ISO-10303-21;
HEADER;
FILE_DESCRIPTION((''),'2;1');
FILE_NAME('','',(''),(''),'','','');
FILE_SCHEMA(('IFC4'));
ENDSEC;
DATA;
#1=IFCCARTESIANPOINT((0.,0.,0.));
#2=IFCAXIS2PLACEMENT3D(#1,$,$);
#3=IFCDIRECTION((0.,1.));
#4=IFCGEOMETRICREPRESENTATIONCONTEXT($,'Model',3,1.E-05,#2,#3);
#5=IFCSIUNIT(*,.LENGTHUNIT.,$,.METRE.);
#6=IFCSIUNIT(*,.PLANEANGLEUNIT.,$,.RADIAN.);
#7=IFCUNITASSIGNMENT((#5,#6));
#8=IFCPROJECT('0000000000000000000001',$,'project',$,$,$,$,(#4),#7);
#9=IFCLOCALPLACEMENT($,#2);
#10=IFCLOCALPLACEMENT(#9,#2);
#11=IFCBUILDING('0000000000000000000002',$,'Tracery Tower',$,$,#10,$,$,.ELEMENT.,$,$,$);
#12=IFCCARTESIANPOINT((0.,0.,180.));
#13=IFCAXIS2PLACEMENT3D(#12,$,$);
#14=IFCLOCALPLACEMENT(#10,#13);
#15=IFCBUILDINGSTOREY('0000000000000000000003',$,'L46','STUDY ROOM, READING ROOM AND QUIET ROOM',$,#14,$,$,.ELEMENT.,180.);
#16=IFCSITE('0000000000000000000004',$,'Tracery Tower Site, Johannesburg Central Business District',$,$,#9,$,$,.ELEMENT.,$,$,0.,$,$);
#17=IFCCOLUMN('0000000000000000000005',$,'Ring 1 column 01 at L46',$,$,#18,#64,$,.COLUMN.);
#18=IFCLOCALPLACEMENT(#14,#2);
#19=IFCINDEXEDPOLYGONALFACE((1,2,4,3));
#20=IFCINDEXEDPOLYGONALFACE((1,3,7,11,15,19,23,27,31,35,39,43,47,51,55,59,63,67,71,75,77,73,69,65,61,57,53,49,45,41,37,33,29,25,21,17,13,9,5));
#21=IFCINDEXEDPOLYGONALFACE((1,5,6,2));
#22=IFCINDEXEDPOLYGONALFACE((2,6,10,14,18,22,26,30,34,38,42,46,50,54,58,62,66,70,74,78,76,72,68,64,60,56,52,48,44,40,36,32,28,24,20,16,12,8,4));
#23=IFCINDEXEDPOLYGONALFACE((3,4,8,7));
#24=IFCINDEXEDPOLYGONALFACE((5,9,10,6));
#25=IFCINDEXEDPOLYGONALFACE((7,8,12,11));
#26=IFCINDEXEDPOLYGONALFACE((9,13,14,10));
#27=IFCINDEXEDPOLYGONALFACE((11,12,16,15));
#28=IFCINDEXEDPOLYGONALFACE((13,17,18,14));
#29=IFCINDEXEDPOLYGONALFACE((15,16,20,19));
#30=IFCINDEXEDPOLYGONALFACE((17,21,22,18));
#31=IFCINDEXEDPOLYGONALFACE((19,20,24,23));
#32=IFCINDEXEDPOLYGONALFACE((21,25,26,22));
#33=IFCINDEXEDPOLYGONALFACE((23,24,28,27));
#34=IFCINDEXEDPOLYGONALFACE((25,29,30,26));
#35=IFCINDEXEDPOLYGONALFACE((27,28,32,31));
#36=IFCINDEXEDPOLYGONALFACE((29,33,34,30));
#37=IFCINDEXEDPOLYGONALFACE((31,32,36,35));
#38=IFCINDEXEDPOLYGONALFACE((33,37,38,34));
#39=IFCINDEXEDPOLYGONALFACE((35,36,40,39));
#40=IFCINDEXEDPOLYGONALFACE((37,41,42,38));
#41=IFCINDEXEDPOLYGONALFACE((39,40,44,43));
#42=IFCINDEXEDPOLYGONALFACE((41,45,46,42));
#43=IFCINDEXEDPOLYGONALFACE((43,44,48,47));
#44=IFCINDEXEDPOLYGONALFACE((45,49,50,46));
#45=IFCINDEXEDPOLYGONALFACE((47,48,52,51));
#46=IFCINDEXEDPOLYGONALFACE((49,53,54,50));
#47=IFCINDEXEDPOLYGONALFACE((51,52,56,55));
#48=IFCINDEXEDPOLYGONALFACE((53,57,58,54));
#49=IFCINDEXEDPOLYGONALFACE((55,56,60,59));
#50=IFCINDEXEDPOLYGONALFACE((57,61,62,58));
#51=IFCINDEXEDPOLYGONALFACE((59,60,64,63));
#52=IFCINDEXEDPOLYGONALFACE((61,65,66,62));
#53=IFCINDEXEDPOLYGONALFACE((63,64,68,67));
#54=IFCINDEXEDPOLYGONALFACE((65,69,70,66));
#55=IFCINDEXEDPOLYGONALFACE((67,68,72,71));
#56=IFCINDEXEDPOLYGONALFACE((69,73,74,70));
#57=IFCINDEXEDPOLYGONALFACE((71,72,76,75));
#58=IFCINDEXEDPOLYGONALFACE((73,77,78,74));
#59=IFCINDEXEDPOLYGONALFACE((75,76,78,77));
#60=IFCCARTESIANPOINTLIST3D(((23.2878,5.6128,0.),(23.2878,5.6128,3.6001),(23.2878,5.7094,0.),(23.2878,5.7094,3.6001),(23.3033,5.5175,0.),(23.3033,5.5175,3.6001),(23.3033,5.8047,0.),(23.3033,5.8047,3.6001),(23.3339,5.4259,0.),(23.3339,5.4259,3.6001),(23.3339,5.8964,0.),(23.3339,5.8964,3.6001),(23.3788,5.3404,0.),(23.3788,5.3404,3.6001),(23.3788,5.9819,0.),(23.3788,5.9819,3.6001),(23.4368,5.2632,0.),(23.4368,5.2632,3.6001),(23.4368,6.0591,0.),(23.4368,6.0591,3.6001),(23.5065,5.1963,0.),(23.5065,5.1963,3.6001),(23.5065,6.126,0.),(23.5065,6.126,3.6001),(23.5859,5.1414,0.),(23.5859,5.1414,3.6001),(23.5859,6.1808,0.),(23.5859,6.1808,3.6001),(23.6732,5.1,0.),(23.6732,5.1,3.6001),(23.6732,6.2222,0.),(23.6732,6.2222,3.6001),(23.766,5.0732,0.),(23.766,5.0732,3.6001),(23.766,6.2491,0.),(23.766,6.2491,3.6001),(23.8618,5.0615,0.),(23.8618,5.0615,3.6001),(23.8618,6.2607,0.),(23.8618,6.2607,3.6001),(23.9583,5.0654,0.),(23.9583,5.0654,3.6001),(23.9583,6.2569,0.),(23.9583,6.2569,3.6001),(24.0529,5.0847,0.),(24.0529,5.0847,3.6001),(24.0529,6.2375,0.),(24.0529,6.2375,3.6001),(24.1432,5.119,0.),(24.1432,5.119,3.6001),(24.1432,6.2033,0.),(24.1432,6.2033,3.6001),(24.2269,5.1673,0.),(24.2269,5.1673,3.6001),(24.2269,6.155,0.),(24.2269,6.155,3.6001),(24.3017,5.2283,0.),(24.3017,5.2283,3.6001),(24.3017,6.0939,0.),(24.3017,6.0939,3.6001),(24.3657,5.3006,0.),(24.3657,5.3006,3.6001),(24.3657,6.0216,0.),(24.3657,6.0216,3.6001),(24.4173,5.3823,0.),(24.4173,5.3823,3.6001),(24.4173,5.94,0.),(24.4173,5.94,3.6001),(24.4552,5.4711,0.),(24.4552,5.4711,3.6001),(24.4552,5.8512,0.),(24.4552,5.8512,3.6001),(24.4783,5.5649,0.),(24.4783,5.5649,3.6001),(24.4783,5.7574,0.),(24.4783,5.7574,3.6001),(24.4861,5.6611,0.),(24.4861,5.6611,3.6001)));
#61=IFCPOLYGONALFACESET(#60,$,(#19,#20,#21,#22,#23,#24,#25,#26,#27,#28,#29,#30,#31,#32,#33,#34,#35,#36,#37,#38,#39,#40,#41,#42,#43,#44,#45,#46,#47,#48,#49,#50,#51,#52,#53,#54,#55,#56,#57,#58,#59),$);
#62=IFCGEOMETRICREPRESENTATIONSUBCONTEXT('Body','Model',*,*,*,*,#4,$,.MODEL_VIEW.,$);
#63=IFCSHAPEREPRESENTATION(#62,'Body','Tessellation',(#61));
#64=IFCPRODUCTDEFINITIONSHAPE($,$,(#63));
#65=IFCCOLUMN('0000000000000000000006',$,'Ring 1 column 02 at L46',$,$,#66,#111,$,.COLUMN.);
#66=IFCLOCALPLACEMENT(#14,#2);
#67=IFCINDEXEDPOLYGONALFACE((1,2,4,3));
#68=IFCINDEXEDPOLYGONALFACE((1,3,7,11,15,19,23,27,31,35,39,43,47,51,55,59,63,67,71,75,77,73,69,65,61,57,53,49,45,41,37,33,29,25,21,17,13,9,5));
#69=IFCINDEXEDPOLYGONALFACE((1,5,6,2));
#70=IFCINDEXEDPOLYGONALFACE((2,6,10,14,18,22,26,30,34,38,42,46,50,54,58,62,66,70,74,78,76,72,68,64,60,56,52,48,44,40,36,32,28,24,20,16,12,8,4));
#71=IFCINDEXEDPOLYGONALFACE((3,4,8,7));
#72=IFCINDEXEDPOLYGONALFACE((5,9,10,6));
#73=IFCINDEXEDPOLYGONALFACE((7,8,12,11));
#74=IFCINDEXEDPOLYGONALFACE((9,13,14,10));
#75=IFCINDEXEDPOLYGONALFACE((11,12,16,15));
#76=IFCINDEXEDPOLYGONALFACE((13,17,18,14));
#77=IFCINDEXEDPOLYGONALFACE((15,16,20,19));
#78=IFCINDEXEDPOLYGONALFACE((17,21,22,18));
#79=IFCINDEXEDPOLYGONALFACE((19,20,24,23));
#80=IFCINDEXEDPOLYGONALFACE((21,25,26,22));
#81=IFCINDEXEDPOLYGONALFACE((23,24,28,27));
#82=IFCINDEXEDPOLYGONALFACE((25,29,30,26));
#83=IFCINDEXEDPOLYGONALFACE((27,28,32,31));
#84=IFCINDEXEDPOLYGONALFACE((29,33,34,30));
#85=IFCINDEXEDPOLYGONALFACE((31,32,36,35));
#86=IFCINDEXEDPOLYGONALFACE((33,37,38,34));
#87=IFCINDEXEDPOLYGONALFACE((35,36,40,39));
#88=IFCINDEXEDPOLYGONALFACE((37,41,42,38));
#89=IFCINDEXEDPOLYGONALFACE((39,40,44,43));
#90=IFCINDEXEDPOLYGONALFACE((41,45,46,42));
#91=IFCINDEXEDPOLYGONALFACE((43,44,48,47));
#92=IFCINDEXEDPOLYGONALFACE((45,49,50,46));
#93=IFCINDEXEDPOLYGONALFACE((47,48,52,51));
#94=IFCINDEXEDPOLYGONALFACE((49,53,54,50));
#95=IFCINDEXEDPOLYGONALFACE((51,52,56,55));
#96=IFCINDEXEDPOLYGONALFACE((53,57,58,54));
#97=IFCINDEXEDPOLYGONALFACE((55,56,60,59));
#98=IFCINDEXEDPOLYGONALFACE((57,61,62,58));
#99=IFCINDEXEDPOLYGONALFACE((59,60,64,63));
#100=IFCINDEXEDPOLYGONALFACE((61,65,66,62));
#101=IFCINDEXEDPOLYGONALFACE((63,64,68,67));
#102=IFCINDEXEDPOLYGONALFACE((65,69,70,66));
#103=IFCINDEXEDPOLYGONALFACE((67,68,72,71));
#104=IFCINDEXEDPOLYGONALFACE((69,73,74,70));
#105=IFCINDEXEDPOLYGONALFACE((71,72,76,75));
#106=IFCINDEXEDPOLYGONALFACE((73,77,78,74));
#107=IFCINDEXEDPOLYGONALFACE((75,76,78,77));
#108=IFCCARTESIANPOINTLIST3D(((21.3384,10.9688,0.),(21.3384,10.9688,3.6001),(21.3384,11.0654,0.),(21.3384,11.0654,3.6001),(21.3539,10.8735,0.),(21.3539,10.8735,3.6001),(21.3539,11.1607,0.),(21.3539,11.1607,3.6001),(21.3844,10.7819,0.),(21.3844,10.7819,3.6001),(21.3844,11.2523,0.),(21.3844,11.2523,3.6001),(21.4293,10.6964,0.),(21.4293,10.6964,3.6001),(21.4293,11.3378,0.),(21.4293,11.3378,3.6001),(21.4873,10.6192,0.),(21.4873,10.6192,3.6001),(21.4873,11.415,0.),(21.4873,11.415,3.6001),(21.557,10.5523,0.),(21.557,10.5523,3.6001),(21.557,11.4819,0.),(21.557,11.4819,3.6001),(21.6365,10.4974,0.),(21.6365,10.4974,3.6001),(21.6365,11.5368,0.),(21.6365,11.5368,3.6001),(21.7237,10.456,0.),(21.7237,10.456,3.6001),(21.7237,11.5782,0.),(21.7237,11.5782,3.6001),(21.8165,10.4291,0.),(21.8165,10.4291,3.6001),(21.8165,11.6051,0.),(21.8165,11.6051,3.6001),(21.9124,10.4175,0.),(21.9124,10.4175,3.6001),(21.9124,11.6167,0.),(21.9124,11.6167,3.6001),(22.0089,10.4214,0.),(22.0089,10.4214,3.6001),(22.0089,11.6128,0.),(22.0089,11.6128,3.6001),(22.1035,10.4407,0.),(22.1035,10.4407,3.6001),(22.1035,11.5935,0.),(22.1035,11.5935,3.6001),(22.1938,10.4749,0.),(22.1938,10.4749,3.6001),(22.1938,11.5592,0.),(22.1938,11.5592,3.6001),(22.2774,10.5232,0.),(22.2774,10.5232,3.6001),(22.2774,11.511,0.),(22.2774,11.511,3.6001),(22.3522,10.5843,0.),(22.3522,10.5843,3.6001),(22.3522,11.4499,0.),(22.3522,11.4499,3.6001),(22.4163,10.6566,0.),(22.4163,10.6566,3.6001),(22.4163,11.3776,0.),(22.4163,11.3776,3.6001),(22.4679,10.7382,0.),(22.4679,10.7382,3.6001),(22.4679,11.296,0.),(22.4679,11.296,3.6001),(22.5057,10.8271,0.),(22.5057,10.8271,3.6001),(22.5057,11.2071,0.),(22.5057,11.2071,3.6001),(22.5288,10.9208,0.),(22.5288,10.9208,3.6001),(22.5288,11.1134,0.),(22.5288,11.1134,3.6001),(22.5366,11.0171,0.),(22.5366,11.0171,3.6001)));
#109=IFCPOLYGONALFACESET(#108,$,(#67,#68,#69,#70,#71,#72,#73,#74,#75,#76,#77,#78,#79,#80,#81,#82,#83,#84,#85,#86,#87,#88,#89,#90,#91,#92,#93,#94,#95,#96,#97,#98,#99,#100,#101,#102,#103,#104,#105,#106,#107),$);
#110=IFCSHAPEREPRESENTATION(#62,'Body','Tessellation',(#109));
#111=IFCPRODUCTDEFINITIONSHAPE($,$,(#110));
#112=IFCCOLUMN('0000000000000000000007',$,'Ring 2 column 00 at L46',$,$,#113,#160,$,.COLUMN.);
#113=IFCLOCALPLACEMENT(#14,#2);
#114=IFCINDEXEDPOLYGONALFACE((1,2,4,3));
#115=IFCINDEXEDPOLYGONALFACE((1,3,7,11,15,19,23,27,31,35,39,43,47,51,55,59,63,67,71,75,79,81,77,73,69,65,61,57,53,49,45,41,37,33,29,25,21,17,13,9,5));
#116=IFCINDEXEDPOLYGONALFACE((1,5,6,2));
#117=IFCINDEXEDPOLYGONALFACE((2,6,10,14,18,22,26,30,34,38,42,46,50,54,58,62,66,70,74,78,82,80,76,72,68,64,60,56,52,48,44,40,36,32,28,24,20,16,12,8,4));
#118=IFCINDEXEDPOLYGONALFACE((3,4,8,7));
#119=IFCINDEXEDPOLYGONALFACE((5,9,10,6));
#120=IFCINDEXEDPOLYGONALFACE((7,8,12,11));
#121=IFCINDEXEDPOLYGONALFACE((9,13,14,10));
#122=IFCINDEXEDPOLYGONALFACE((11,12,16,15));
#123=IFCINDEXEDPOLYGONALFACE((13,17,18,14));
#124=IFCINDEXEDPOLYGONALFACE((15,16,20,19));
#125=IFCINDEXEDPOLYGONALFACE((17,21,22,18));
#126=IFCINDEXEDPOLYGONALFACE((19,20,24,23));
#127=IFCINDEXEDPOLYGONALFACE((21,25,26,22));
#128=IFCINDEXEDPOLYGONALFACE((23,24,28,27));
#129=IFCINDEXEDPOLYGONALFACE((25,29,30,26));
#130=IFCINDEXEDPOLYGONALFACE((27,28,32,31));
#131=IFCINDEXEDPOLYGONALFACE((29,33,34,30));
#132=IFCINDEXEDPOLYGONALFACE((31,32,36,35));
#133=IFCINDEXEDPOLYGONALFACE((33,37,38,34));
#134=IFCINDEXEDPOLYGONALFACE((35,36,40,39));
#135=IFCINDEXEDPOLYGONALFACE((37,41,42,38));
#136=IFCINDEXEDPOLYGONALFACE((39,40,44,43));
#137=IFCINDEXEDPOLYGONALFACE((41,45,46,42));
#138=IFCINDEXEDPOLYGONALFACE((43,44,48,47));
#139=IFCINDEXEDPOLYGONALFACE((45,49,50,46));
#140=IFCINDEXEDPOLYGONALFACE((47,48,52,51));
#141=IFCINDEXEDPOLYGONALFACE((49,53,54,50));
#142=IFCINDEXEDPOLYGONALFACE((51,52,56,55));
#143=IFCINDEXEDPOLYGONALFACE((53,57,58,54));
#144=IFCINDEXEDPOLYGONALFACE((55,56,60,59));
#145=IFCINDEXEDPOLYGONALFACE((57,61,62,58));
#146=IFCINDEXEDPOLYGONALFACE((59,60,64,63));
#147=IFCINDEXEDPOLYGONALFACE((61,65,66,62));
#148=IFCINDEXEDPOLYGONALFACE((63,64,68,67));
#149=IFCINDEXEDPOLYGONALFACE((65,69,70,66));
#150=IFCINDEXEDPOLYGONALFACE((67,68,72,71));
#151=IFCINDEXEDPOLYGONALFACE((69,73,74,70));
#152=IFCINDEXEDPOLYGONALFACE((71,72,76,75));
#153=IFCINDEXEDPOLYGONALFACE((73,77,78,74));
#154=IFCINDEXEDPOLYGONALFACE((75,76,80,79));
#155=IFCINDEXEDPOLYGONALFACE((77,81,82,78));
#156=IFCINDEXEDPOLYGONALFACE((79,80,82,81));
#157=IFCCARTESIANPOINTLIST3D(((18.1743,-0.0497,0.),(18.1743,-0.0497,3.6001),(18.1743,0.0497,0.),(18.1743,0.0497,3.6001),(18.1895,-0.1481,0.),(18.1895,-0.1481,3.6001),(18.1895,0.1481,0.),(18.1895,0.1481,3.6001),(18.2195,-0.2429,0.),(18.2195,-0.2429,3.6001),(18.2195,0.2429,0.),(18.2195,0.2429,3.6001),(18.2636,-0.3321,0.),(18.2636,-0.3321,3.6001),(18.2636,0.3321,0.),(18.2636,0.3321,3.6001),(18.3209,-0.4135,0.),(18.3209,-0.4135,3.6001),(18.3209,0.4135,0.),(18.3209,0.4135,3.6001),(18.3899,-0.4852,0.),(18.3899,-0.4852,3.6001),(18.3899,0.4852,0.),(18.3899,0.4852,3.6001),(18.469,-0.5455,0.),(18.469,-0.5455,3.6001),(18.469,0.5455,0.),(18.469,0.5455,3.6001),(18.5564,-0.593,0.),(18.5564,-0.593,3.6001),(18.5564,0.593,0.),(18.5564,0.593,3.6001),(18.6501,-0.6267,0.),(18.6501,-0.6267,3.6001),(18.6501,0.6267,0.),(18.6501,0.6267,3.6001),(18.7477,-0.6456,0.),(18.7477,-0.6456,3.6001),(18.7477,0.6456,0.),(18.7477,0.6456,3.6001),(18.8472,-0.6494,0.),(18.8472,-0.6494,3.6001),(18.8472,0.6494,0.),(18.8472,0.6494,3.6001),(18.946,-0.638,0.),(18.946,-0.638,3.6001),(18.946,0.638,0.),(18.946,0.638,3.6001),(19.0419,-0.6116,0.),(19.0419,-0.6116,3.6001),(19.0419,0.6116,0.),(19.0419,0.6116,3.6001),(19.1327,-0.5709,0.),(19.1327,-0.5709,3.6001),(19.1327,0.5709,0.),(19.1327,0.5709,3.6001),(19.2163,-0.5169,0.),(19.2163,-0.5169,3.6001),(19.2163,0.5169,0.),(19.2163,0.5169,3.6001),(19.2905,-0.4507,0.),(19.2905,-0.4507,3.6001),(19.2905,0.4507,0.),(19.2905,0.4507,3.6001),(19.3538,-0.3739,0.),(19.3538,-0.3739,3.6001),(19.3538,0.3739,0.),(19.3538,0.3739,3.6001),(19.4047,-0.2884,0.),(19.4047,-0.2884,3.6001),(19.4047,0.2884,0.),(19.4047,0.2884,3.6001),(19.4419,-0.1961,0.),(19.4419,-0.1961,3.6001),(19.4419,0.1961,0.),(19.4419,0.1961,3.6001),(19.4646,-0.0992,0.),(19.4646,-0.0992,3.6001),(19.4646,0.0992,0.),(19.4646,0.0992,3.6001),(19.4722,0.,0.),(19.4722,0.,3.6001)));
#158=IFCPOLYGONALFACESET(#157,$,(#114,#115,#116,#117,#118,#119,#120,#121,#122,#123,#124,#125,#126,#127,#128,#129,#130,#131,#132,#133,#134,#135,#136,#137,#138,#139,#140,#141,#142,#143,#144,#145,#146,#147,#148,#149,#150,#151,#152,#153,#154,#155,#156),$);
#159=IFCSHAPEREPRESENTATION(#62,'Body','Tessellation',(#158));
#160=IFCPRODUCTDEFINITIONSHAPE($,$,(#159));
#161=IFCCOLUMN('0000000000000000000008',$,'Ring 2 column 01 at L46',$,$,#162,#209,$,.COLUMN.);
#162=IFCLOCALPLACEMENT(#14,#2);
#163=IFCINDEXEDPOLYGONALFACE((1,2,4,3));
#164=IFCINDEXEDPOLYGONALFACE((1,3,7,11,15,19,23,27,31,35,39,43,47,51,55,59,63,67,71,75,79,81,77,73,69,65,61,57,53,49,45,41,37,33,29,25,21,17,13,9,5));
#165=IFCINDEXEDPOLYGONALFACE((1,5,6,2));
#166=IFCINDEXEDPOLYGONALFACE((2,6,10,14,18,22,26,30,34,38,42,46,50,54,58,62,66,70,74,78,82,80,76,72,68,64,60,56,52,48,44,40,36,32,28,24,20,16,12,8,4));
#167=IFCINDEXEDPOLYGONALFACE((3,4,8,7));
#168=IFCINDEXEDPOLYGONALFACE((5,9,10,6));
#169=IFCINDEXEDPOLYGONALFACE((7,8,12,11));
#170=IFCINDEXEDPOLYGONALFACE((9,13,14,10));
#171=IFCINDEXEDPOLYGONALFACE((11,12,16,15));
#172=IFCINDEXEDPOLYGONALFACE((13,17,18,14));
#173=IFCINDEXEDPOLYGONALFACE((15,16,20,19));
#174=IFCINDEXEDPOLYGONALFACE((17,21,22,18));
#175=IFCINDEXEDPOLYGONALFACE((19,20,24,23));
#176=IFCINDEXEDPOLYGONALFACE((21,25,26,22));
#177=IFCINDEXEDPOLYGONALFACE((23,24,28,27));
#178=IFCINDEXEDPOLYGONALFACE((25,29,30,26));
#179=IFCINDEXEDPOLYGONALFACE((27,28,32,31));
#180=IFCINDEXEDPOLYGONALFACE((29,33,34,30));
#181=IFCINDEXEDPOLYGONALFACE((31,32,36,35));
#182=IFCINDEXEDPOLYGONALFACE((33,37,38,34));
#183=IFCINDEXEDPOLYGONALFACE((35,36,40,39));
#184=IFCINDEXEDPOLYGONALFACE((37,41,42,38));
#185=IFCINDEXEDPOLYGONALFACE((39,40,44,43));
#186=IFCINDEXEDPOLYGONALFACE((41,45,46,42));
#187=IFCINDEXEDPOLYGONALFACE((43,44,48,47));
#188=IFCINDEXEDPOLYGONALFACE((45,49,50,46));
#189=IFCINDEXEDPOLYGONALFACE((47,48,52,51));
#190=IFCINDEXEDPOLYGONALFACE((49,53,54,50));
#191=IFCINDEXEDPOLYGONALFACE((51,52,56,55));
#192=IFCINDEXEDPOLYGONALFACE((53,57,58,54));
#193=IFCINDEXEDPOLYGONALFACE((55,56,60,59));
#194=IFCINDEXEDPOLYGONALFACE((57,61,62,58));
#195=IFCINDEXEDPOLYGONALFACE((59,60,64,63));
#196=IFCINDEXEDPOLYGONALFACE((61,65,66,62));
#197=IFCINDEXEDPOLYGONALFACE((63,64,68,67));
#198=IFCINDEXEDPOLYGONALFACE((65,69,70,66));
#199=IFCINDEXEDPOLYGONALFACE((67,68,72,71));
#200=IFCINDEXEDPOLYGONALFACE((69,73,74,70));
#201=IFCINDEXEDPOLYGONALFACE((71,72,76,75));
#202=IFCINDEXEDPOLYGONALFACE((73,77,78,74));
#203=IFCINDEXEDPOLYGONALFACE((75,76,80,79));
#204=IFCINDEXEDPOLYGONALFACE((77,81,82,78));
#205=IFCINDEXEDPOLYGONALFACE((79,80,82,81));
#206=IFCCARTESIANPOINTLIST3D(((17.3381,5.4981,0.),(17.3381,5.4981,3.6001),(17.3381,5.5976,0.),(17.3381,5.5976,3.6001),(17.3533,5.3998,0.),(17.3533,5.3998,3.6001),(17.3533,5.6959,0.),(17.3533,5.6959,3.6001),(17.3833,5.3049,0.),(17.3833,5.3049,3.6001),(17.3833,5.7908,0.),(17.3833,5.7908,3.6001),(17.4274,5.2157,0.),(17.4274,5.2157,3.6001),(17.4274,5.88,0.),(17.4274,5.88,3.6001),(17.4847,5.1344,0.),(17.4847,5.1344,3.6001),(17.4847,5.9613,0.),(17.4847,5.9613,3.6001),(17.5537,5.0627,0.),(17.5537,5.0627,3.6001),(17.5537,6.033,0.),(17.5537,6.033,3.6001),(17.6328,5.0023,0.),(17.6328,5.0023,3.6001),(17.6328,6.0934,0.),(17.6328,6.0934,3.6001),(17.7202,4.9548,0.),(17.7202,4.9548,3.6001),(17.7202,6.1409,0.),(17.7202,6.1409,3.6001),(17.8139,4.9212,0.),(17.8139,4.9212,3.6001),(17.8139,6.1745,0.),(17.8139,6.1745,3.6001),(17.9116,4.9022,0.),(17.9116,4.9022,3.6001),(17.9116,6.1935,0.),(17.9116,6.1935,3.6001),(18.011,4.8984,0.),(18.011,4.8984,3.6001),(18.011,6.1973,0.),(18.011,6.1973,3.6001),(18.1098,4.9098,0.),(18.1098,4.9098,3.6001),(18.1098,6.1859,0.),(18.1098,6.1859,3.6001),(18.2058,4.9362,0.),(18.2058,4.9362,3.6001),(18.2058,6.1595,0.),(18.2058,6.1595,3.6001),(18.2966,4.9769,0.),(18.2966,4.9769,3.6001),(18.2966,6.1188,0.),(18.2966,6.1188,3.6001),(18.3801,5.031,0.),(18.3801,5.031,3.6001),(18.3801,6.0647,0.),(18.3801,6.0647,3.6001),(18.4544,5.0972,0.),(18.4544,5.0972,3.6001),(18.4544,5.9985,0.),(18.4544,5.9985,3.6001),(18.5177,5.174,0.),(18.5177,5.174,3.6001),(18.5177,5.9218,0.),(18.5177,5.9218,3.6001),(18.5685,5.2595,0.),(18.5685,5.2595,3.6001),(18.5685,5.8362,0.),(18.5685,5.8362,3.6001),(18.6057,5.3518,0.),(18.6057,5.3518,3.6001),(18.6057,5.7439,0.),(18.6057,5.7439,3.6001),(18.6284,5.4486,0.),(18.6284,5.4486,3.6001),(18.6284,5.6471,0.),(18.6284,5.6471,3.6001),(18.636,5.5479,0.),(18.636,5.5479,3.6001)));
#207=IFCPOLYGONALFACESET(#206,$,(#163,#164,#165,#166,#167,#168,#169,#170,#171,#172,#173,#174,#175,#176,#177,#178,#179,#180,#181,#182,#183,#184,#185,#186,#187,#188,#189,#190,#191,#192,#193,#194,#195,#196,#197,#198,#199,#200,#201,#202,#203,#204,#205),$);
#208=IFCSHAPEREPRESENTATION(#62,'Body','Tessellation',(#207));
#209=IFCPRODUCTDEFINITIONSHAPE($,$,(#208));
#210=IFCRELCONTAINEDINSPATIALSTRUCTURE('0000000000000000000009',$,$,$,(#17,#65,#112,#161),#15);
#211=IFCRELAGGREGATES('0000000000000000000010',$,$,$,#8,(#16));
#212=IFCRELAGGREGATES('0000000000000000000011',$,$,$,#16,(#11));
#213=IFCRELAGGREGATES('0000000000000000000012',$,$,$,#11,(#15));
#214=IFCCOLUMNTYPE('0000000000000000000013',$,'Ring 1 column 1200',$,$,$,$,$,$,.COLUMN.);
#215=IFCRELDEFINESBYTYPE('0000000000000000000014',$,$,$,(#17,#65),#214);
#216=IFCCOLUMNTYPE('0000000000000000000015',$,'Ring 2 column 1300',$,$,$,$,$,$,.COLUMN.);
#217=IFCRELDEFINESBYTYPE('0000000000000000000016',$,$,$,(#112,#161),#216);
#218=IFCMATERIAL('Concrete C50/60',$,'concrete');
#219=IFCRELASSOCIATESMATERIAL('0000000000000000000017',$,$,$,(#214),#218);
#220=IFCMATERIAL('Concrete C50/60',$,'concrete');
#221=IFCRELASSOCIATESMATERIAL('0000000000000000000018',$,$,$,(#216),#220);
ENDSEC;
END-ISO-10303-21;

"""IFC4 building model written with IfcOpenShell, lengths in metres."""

from ifc_helpers import new_model, si_unit, direction, frame, origin, origin_2d, place, context, subcontext, project, spatial, circle, extrude, material, material_profile, profile_set, type_object, element, save


model = new_model("IFC4")

# Units and contexts
model_context = context("Model", 3, precision=1e-05, world=origin(), true_north=direction((0.0, 1.0)))
body_context = subcontext(model_context, "Body", "Model", "MODEL_VIEW")
ifc_project = project(units=[si_unit("LENGTHUNIT", "METRE"), si_unit("PLANEANGLEUNIT", "RADIAN")], contexts=[model_context])

# Site, building, storey
site_placement = place(None, origin())
site = spatial("IfcSite", under=ifc_project, at=site_placement, Name="Tracery Tower Site, Johannesburg Central Business District", CompositionType="ELEMENT", RefElevation=0.0)
building_placement = place(site_placement, origin())
building = spatial("IfcBuilding", under=site, at=building_placement, Name="Tracery Tower", CompositionType="ELEMENT")
storey_placement = place(building_placement, frame((0.0, 0.0, 180.0)))
storey = spatial("IfcBuildingStorey", under=building, at=storey_placement, Name="L46", Description="STUDY ROOM, READING ROOM AND QUIET ROOM", CompositionType="ELEMENT", Elevation=180.0)

# Columns
ifc_material_1 = material(Name="Concrete C50/60", Category="concrete")
ifc_material_profile_1 = material_profile(ifc_material_1, circle(Radius=0.6001, at=origin_2d()), Name="RC D1200")
ifc_profile_set_1 = profile_set([ifc_material_profile_1], Name="Concrete C50/60")
column_type_1 = type_object("IfcColumnType", Name="Ring 1 column 1200", PredefinedType="COLUMN", material=ifc_profile_set_1)
for number, where, z_axis, x_axis, name in (
    (1, (23.886, 5.6611, 0.0), (0.0, 0.0, 1.0), (1.0, 0.0, 0.0), "Ring 1 column 01 at L46"),
    (2, (21.9365, 11.0171, 0.0), (0.0, 0.0, 1.0), (1.0, 0.0, 0.0), "Ring 1 column 02 at L46"),
):
    element("IfcColumn", number, at=place(storey_placement, frame(where, z_axis=z_axis, x_axis=x_axis)), inside=storey, type_object=column_type_1, Name=name, PredefinedType="COLUMN", context=body_context, shape_type="SweptSolid", body=[
        extrude(circle(Radius=0.6001, at=origin_2d()), origin(), (0.0, 0.0, 1.0), 3.6001),
    ])
ifc_material_2 = material(Name="Concrete C50/60", Category="concrete")
ifc_material_profile_2 = material_profile(ifc_material_2, circle(Radius=0.6499, at=origin_2d()), Name="RC D1300")
ifc_profile_set_2 = profile_set([ifc_material_profile_2], Name="Concrete C50/60")
column_type_2 = type_object("IfcColumnType", Name="Ring 2 column 1300", PredefinedType="COLUMN", material=ifc_profile_set_2)
for number, where, z_axis, x_axis, name in (
    (3, (18.8223, 0.0, 0.0), (0.0, 0.0, 1.0), (1.0, 0.0, 0.0), "Ring 2 column 00 at L46"),
    (4, (17.9861, 5.5479, 0.0), (0.0, 0.0, 1.0), (1.0, 0.0, 0.0), "Ring 2 column 01 at L46"),
):
    element("IfcColumn", number, at=place(storey_placement, frame(where, z_axis=z_axis, x_axis=x_axis)), inside=storey, type_object=column_type_2, Name=name, PredefinedType="COLUMN", context=body_context, shape_type="SweptSolid", body=[
        extrude(circle(Radius=0.6499, at=origin_2d()), origin(), (0.0, 0.0, 1.0), 3.6001),
    ])

save(model, "model.ifc")
